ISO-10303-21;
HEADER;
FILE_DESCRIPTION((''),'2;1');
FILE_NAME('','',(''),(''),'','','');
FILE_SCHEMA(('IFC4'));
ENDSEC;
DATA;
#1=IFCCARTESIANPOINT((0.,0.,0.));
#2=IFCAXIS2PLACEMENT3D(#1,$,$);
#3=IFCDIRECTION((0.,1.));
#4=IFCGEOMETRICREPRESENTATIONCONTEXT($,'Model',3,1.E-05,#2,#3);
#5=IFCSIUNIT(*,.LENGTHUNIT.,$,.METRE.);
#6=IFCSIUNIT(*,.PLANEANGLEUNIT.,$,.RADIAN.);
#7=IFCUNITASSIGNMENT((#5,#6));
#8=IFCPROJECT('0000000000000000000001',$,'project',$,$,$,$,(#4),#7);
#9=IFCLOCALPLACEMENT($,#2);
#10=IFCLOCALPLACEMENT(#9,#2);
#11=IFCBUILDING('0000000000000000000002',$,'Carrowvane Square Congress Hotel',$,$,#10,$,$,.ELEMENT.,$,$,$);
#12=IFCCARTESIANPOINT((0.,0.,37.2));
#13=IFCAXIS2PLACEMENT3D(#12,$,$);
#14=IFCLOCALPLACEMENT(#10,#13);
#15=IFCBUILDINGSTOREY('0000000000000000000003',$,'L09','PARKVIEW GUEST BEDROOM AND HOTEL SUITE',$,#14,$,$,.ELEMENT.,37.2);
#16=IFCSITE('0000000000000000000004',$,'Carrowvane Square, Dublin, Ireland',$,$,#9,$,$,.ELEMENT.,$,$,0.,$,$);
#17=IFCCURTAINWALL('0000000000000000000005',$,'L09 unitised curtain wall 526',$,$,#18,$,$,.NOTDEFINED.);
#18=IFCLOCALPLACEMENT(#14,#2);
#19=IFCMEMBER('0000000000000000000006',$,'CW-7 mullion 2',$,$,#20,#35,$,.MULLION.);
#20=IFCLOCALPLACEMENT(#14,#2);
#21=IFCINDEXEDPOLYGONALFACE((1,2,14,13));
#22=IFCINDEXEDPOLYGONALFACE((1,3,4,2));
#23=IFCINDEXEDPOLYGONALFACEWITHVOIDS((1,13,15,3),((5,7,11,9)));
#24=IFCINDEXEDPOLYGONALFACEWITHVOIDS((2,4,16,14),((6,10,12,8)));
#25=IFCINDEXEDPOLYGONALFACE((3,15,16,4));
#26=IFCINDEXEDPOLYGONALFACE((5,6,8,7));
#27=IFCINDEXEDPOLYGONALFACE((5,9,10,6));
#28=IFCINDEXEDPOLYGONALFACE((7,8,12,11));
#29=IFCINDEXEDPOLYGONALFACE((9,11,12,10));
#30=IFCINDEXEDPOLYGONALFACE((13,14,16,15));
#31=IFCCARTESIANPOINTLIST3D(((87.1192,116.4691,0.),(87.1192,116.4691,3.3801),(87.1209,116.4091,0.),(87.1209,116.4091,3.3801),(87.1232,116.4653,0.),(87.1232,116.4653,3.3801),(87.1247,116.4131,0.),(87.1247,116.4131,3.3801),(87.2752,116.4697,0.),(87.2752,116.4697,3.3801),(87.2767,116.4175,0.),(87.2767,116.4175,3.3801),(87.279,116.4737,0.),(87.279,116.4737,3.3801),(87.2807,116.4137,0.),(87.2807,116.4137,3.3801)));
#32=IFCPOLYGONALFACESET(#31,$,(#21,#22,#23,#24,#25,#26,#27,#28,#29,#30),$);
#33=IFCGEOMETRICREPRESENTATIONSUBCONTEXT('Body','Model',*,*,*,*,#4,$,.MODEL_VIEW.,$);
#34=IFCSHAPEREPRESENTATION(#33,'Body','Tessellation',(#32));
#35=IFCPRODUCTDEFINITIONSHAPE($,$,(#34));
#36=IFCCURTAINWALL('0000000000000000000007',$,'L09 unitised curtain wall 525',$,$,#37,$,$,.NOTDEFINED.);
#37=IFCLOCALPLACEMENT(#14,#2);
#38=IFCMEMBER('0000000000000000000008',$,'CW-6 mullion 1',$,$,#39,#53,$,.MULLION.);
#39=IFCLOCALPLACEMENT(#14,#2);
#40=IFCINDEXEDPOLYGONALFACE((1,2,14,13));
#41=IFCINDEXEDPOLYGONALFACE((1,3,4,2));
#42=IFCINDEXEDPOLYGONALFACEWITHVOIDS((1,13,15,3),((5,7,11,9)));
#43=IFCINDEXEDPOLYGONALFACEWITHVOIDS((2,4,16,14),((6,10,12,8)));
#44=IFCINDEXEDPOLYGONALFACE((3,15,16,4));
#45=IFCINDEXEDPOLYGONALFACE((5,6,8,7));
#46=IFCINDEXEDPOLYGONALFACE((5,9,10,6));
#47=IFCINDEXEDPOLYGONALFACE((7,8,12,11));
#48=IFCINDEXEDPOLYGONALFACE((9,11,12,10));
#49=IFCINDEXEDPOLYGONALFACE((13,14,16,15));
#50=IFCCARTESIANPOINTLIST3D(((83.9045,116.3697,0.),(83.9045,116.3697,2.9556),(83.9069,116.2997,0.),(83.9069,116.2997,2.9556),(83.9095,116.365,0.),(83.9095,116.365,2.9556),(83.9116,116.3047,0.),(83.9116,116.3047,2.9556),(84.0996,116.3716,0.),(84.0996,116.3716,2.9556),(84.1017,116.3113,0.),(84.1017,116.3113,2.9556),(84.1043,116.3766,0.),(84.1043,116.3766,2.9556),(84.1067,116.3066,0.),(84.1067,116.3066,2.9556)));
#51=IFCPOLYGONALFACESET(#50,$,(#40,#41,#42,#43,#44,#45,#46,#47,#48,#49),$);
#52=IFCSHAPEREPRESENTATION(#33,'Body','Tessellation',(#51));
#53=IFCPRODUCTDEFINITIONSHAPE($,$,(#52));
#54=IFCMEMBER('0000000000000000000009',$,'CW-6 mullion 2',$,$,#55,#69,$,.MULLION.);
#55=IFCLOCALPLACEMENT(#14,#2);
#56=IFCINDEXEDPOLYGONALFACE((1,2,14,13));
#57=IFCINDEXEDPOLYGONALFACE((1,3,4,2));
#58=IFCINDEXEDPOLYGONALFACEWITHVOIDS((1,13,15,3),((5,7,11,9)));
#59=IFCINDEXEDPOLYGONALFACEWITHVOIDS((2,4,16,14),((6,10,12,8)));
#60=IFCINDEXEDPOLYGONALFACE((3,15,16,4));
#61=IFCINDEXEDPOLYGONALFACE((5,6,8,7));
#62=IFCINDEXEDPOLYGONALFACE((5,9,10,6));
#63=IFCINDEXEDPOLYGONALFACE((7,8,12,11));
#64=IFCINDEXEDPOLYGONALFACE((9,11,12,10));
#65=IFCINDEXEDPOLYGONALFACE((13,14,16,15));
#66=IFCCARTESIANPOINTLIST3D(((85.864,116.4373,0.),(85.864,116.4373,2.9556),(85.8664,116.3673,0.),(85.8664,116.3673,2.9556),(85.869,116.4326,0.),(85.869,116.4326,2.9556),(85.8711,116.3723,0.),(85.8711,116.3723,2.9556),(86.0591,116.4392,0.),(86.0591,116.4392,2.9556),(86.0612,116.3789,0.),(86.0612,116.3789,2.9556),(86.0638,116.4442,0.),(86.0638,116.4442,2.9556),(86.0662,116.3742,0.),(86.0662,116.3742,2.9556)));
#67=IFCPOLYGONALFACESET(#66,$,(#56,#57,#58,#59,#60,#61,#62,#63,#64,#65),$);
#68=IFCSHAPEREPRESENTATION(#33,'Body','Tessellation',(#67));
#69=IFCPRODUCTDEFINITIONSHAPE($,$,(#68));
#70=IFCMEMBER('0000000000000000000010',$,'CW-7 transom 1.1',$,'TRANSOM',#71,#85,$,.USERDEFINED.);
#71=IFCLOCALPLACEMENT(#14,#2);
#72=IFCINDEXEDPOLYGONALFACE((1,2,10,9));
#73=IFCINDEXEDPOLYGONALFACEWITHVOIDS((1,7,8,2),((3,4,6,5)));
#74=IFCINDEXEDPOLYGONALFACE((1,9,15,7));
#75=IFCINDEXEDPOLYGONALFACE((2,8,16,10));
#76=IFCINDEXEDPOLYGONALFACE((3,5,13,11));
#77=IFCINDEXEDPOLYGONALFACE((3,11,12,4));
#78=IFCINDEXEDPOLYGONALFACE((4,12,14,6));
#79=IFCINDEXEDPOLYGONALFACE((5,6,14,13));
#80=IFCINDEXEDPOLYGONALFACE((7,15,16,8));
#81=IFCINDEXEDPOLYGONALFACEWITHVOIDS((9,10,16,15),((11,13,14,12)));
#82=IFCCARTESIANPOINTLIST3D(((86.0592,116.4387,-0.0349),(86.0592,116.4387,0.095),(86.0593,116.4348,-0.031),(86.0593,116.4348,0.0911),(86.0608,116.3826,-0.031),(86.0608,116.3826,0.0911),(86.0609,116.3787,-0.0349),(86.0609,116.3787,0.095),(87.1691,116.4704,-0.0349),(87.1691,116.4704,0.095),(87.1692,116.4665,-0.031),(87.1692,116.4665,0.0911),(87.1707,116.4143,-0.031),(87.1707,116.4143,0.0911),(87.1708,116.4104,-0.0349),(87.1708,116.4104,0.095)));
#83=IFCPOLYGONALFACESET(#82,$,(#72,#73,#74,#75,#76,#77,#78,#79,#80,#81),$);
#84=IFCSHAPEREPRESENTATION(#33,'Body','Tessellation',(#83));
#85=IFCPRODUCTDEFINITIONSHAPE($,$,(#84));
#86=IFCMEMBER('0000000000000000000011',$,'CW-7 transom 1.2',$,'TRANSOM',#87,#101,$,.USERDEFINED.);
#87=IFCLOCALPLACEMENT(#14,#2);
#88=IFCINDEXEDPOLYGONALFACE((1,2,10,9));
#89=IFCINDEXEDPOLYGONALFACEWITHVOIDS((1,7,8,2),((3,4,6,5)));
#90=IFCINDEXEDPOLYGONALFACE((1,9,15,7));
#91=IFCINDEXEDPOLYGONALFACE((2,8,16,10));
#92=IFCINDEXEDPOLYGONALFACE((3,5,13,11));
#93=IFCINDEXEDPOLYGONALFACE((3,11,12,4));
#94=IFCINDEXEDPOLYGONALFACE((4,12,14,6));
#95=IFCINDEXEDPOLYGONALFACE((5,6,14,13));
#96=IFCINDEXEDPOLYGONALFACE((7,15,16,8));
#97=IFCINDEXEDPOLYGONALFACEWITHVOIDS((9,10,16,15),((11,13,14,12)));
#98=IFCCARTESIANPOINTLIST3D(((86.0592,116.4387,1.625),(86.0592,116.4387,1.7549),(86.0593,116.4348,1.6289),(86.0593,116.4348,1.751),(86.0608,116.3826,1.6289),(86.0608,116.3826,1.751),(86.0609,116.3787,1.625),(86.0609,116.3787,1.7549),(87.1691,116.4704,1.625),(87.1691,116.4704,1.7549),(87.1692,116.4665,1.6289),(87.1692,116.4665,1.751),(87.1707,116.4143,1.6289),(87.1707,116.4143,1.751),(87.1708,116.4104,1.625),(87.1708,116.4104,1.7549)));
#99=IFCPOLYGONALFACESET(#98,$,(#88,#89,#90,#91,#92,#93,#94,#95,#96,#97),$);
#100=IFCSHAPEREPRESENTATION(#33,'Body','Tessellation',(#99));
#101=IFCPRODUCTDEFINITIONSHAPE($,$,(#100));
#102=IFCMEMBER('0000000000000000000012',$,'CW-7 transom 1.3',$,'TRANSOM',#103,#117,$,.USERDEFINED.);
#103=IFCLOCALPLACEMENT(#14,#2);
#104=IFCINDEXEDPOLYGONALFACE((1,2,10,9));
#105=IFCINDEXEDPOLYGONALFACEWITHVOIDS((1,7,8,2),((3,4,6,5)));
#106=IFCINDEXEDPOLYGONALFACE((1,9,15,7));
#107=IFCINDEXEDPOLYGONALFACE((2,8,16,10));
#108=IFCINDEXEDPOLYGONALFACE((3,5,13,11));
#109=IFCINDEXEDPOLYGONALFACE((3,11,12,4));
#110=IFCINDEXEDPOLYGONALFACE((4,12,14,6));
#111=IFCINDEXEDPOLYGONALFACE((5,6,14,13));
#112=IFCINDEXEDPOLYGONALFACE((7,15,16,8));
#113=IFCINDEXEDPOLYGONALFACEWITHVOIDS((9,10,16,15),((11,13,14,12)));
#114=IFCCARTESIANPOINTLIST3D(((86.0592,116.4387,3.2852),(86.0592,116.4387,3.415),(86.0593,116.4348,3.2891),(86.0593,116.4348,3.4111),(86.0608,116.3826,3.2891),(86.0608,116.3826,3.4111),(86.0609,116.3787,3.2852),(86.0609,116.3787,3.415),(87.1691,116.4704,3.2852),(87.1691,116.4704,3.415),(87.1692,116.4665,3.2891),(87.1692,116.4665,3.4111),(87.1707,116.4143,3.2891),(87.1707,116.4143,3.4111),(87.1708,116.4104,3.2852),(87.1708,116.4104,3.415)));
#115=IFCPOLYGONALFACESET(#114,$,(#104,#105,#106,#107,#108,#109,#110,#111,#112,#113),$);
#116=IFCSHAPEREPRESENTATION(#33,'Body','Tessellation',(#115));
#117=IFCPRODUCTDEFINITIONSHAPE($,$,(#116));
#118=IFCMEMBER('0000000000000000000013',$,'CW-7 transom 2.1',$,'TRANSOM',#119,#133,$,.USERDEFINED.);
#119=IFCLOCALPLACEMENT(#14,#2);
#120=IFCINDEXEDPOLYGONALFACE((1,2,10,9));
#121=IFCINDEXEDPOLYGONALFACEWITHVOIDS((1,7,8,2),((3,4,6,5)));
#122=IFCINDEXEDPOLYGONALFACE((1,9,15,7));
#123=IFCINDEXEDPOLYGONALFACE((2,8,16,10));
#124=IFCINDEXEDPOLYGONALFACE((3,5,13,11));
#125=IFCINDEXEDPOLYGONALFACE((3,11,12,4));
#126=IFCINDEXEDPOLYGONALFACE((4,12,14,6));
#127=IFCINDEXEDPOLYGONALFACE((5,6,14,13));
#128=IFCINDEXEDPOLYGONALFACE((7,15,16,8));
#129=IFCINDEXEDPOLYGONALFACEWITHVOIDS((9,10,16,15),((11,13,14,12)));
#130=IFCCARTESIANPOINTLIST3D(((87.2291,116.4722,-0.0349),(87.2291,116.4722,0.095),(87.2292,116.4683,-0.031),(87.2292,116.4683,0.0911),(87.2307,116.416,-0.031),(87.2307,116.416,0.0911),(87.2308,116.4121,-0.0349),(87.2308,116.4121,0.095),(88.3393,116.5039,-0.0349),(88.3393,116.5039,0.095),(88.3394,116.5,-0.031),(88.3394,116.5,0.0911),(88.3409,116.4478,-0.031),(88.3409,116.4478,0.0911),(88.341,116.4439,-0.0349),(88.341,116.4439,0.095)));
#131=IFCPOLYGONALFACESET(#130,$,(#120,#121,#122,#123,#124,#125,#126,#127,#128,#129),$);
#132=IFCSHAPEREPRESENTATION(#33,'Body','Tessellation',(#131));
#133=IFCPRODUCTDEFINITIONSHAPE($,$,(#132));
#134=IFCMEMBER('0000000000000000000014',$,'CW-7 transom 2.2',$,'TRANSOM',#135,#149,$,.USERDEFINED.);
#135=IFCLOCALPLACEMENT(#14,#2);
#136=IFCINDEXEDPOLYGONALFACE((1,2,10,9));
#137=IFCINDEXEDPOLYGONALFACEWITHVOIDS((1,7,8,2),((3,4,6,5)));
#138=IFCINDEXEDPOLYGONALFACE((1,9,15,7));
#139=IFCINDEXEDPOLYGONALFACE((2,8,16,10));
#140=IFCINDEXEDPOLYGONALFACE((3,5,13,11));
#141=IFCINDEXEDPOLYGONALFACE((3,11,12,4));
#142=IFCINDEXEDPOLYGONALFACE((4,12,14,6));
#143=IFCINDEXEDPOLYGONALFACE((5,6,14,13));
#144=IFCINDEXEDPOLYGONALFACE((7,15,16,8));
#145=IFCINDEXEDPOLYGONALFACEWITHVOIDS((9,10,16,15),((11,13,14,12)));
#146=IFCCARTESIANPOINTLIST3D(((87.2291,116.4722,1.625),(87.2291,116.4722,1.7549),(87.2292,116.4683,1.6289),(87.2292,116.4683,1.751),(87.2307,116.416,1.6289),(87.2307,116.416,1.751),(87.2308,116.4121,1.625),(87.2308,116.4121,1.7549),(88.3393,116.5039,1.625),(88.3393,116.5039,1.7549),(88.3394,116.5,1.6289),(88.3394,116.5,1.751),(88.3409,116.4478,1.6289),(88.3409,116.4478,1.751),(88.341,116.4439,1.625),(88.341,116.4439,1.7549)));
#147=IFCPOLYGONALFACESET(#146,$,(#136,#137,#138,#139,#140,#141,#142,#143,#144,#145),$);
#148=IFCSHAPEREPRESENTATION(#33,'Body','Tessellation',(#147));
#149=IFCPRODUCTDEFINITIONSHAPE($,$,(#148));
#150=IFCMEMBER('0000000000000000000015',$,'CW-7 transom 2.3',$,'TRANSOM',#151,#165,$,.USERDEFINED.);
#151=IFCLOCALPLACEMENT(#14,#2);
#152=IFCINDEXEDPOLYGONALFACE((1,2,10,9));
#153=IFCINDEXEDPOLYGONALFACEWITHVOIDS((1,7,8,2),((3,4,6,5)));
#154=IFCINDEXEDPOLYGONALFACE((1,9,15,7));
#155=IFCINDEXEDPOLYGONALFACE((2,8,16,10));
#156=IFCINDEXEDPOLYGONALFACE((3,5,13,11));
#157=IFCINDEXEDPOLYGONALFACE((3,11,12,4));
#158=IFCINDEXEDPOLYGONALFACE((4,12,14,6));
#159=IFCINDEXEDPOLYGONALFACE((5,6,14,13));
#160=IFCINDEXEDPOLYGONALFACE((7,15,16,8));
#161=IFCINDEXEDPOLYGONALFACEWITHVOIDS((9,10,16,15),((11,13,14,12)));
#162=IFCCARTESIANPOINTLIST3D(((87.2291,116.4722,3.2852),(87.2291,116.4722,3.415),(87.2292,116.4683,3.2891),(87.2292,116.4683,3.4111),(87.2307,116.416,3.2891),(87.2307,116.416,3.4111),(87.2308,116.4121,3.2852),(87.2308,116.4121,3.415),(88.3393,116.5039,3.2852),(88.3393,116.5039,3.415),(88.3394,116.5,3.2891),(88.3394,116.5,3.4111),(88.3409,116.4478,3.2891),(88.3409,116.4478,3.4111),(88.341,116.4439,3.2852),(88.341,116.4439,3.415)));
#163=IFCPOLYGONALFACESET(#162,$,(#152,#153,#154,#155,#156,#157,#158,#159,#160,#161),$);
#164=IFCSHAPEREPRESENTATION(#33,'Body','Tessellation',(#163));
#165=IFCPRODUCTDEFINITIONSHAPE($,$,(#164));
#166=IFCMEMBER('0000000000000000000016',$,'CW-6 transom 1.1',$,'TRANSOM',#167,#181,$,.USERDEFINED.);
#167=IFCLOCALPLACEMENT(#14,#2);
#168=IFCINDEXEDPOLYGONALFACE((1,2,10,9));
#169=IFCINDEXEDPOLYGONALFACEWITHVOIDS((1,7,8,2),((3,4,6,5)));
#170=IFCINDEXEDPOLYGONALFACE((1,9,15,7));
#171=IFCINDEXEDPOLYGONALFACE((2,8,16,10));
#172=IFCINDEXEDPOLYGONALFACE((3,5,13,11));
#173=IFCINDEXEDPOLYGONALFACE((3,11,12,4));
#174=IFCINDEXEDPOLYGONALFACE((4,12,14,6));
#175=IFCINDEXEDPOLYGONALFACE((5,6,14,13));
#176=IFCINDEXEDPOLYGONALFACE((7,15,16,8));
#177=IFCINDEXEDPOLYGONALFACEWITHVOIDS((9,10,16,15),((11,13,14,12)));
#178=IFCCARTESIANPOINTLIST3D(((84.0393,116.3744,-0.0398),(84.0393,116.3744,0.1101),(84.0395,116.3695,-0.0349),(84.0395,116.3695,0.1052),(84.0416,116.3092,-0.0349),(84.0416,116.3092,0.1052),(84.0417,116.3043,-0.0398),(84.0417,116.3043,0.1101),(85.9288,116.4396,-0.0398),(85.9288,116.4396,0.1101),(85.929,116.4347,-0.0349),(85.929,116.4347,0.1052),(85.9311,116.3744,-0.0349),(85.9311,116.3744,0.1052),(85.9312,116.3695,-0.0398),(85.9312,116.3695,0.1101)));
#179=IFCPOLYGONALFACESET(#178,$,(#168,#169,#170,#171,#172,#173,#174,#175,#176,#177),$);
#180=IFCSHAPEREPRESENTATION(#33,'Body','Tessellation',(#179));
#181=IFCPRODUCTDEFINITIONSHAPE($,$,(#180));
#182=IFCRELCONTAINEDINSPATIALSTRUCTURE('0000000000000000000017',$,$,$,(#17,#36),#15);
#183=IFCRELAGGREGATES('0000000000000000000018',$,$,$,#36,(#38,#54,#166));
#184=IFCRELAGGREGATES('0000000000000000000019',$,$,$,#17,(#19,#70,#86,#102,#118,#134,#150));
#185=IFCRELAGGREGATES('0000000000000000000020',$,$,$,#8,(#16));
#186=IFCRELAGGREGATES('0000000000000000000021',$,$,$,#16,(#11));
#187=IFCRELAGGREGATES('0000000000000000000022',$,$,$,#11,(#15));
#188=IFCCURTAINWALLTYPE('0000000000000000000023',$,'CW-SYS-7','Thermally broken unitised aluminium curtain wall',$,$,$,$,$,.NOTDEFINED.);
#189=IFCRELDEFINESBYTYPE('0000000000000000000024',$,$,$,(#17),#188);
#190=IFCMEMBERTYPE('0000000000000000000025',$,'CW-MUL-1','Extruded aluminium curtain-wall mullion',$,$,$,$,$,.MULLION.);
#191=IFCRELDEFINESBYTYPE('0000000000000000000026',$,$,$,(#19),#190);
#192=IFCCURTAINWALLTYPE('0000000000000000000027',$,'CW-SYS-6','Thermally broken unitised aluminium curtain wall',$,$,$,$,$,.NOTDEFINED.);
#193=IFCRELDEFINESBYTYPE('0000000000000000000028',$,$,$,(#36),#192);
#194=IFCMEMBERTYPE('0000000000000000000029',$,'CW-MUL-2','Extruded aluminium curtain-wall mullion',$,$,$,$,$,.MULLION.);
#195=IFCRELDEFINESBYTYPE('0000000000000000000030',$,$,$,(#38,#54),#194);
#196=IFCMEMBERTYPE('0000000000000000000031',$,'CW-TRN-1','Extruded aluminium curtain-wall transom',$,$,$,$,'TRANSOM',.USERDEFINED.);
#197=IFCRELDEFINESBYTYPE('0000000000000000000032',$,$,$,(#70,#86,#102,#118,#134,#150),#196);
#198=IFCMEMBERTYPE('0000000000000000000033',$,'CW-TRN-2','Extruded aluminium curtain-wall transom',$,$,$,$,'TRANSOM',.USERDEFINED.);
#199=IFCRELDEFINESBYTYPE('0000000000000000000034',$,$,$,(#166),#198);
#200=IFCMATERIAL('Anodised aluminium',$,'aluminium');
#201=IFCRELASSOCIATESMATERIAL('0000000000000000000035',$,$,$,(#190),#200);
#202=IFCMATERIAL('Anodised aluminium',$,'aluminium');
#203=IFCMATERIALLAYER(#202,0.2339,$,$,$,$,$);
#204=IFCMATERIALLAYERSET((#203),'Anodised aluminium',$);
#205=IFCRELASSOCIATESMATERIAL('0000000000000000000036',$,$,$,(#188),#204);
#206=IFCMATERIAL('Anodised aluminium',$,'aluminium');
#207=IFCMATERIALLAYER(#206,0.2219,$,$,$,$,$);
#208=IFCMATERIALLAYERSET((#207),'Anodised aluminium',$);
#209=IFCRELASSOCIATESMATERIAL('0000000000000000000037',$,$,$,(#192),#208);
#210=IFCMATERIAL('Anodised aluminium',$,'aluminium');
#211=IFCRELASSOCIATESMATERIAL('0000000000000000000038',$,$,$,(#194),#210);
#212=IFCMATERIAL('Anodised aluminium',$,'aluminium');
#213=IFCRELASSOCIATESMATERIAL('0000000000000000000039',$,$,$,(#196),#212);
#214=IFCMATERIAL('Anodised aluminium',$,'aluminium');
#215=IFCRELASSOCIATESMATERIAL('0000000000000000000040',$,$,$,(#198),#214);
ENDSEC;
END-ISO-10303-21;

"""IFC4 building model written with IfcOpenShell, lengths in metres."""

from ifc_helpers import new_model, si_unit, direction, frame, origin, origin_2d, place, context, subcontext, project, spatial, hollow_rectangle, extrude, material, layer, layer_set, material_profile, profile_set, type_object, element, aggregate, save


model = new_model("IFC4")

# Units and contexts
model_context = context("Model", 3, precision=1e-05, world=origin(), true_north=direction((0.0, 1.0)))
body_context = subcontext(model_context, "Body", "Model", "MODEL_VIEW")
ifc_project = project(units=[si_unit("LENGTHUNIT", "METRE"), si_unit("PLANEANGLEUNIT", "RADIAN")], contexts=[model_context])

# Site, building, storey
site_placement = place(None, origin())
site = spatial("IfcSite", under=ifc_project, at=site_placement, Name="Carrowvane Square, Dublin, Ireland", CompositionType="ELEMENT", RefElevation=0.0)
building_placement = place(site_placement, origin())
building = spatial("IfcBuilding", under=site, at=building_placement, Name="Carrowvane Square Congress Hotel", CompositionType="ELEMENT")
storey_placement = place(building_placement, frame((0.0, 0.0, 37.2)))
storey = spatial("IfcBuildingStorey", under=building, at=storey_placement, Name="L09", Description="PARKVIEW GUEST BEDROOM AND HOTEL SUITE", CompositionType="ELEMENT", Elevation=37.2)

# Shared definitions
ifc_material_1 = material(Name="Anodised aluminium", Category="aluminium")
ifc_material_profile_1 = material_profile(ifc_material_1, hollow_rectangle(XDim=0.0601, YDim=0.1599, WallThickness=0.0039, at=origin_2d()), Name="CW-ML 60x160x4")
ifc_profile_set_1 = profile_set([ifc_material_profile_1], Name="Anodised aluminium")
member_type_1 = type_object("IfcMemberType", Name="CW-MUL-1", Description="Extruded aluminium curtain-wall mullion", PredefinedType="MULLION", material=ifc_profile_set_1)

# Curtain walls, members
ifc_material_2 = material(Name="Anodised aluminium", Category="aluminium")
ifc_layer_1 = layer(ifc_material_2, 0.2339)
ifc_layer_set_1 = layer_set([ifc_layer_1], Name="Anodised aluminium")
curtain_wall_type_1 = type_object("IfcCurtainWallType", Name="CW-SYS-7", Description="Thermally broken unitised aluminium curtain wall", PredefinedType="NOTDEFINED", material=ifc_layer_set_1)
curtain_wall_1_placement = place(storey_placement, origin())
curtain_wall_1 = element("IfcCurtainWall", 1, at=curtain_wall_1_placement, inside=storey, type_object=curtain_wall_type_1, Name="L09 unitised curtain wall 526", PredefinedType="NOTDEFINED")
member_1_placement = place(storey_placement, frame((87.2, 116.4414, 0.0), z_axis=(0.0, 0.0, 1.0), x_axis=(-0.028638, 0.99959, 0.0)))
member_1 = element("IfcMember", 2, at=member_1_placement, type_object=member_type_1, Name="CW-7 mullion 2", PredefinedType="MULLION", context=body_context, shape_type="SweptSolid", body=[
    extrude(hollow_rectangle(XDim=0.0601, YDim=0.1599, WallThickness=0.0039, at=origin_2d()), origin(), (0.0, 0.0, 1.0), 3.3801),
])
ifc_material_3 = material(Name="Anodised aluminium", Category="aluminium")
ifc_layer_2 = layer(ifc_material_3, 0.2219)
ifc_layer_set_2 = layer_set([ifc_layer_2], Name="Anodised aluminium")
curtain_wall_type_2 = type_object("IfcCurtainWallType", Name="CW-SYS-6", Description="Thermally broken unitised aluminium curtain wall", PredefinedType="NOTDEFINED", material=ifc_layer_set_2)
curtain_wall_2_placement = place(storey_placement, origin())
curtain_wall_2 = element("IfcCurtainWall", 3, at=curtain_wall_2_placement, inside=storey, type_object=curtain_wall_type_2, Name="L09 unitised curtain wall 525", PredefinedType="NOTDEFINED")
ifc_material_4 = material(Name="Anodised aluminium", Category="aluminium")
ifc_material_profile_2 = material_profile(ifc_material_4, hollow_rectangle(XDim=0.0701, YDim=0.2, WallThickness=0.0049, at=origin_2d()), Name="CW-ML 70x200x5")
ifc_profile_set_2 = profile_set([ifc_material_profile_2], Name="Anodised aluminium")
member_type_2 = type_object("IfcMemberType", Name="CW-MUL-2", Description="Extruded aluminium curtain-wall mullion", PredefinedType="MULLION", material=ifc_profile_set_2)
member_2_placement = place(storey_placement, frame((84.0056, 116.3381, 0.0), z_axis=(0.0, 0.0, 1.0), x_axis=(-0.034527, 0.999404, 0.0)))
member_2 = element("IfcMember", 4, at=member_2_placement, type_object=member_type_2, Name="CW-6 mullion 1", PredefinedType="MULLION", context=body_context, shape_type="SweptSolid", body=[
    extrude(hollow_rectangle(XDim=0.0701, YDim=0.2, WallThickness=0.0049, at=origin_2d()), origin(), (0.0, 0.0, 1.0), 2.9556),
])
member_3_placement = place(storey_placement, frame((85.9651, 116.4058, 0.0), z_axis=(0.0, 0.0, 1.0), x_axis=(-0.034527, 0.999404, 0.0)))
member_3 = element("IfcMember", 5, at=member_3_placement, type_object=member_type_2, Name="CW-6 mullion 2", PredefinedType="MULLION", context=body_context, shape_type="SweptSolid", body=[
    extrude(hollow_rectangle(XDim=0.0701, YDim=0.2, WallThickness=0.0049, at=origin_2d()), origin(), (0.0, 0.0, 1.0), 2.9556),
])

# Members
ifc_material_5 = material(Name="Anodised aluminium", Category="aluminium")
ifc_material_profile_3 = material_profile(ifc_material_5, hollow_rectangle(XDim=0.0601, YDim=0.1299, WallThickness=0.0039, at=origin_2d()), Name="CW-TR 60x130x4")
ifc_profile_set_3 = profile_set([ifc_material_profile_3], Name="Anodised aluminium")
member_type_3 = type_object("IfcMemberType", Name="CW-TRN-1", Description="Extruded aluminium curtain-wall transom", ElementType="TRANSOM", PredefinedType="USERDEFINED", material=ifc_profile_set_3)
member_4_placement = place(storey_placement, frame((86.0601, 116.4087, 0.03), z_axis=(0.999591, 0.028585, 0.0), x_axis=(-0.028585, 0.999591, 0.0)))
member_4 = element("IfcMember", 6, at=member_4_placement, type_object=member_type_3, Name="CW-7 transom 1.1", ObjectType="TRANSOM", PredefinedType="USERDEFINED", context=body_context, shape_type="SweptSolid", body=[
    extrude(hollow_rectangle(XDim=0.0601, YDim=0.1299, WallThickness=0.0039, at=origin_2d()), origin(), (0.0, 0.0, 1.0), 1.1104),
])
member_5_placement = place(storey_placement, frame((86.0601, 116.4087, 1.6899), z_axis=(0.999591, 0.028585, 0.0), x_axis=(-0.028585, 0.999591, 0.0)))
member_5 = element("IfcMember", 7, at=member_5_placement, type_object=member_type_3, Name="CW-7 transom 1.2", ObjectType="TRANSOM", PredefinedType="USERDEFINED", context=body_context, shape_type="SweptSolid", body=[
    extrude(hollow_rectangle(XDim=0.0601, YDim=0.1299, WallThickness=0.0039, at=origin_2d()), origin(), (0.0, 0.0, 1.0), 1.1104),
])
member_6_placement = place(storey_placement, frame((86.0601, 116.4087, 3.3501), z_axis=(0.999591, 0.028585, 0.0), x_axis=(-0.028585, 0.999591, 0.0)))
member_6 = element("IfcMember", 8, at=member_6_placement, type_object=member_type_3, Name="CW-7 transom 1.3", ObjectType="TRANSOM", PredefinedType="USERDEFINED", context=body_context, shape_type="SweptSolid", body=[
    extrude(hollow_rectangle(XDim=0.0601, YDim=0.1299, WallThickness=0.0039, at=origin_2d()), origin(), (0.0, 0.0, 1.0), 1.1104),
])
member_7_placement = place(storey_placement, frame((87.23, 116.4421, 0.03), z_axis=(0.999592, 0.028579, 0.0), x_axis=(-0.028579, 0.999592, 0.0)))
member_7 = element("IfcMember", 9, at=member_7_placement, type_object=member_type_3, Name="CW-7 transom 2.1", ObjectType="TRANSOM", PredefinedType="USERDEFINED", context=body_context, shape_type="SweptSolid", body=[
    extrude(hollow_rectangle(XDim=0.0601, YDim=0.1299, WallThickness=0.0039, at=origin_2d()), origin(), (0.0, 0.0, 1.0), 1.1106),
])
member_8_placement = place(storey_placement, frame((87.23, 116.4421, 1.6899), z_axis=(0.999592, 0.028579, 0.0), x_axis=(-0.028579, 0.999592, 0.0)))
member_8 = element("IfcMember", 10, at=member_8_placement, type_object=member_type_3, Name="CW-7 transom 2.2", ObjectType="TRANSOM", PredefinedType="USERDEFINED", context=body_context, shape_type="SweptSolid", body=[
    extrude(hollow_rectangle(XDim=0.0601, YDim=0.1299, WallThickness=0.0039, at=origin_2d()), origin(), (0.0, 0.0, 1.0), 1.1106),
])
member_9_placement = place(storey_placement, frame((87.23, 116.4421, 3.3501), z_axis=(0.999592, 0.028579, 0.0), x_axis=(-0.028579, 0.999592, 0.0)))
member_9 = element("IfcMember", 11, at=member_9_placement, type_object=member_type_3, Name="CW-7 transom 2.3", ObjectType="TRANSOM", PredefinedType="USERDEFINED", context=body_context, shape_type="SweptSolid", body=[
    extrude(hollow_rectangle(XDim=0.0601, YDim=0.1299, WallThickness=0.0039, at=origin_2d()), origin(), (0.0, 0.0, 1.0), 1.1106),
])
ifc_material_6 = material(Name="Anodised aluminium", Category="aluminium")
ifc_material_profile_4 = material_profile(ifc_material_6, hollow_rectangle(XDim=0.0701, YDim=0.1499, WallThickness=0.0049, at=origin_2d()), Name="CW-TR 70x150x5")
ifc_profile_set_4 = profile_set([ifc_material_profile_4], Name="Anodised aluminium")
member_type_4 = type_object("IfcMemberType", Name="CW-TRN-2", Description="Extruded aluminium curtain-wall transom", ElementType="TRANSOM", PredefinedType="USERDEFINED", material=ifc_profile_set_4)
member_10_placement = place(storey_placement, frame((84.0405, 116.3394, 0.0352), z_axis=(0.999405, 0.03448, 0.0), x_axis=(-0.03448, 0.999405, 0.0)))
member_10 = element("IfcMember", 12, at=member_10_placement, type_object=member_type_4, Name="CW-6 transom 1.1", ObjectType="TRANSOM", PredefinedType="USERDEFINED", context=body_context, shape_type="SweptSolid", body=[
    extrude(hollow_rectangle(XDim=0.0701, YDim=0.1499, WallThickness=0.0049, at=origin_2d()), origin(), (0.0, 0.0, 1.0), 1.8906),
])

aggregate(curtain_wall_2, [member_2, member_3, member_10])
aggregate(curtain_wall_1, [member_1, member_4, member_5, member_6, member_7, member_8, member_9])

save(model, "model.ifc")
